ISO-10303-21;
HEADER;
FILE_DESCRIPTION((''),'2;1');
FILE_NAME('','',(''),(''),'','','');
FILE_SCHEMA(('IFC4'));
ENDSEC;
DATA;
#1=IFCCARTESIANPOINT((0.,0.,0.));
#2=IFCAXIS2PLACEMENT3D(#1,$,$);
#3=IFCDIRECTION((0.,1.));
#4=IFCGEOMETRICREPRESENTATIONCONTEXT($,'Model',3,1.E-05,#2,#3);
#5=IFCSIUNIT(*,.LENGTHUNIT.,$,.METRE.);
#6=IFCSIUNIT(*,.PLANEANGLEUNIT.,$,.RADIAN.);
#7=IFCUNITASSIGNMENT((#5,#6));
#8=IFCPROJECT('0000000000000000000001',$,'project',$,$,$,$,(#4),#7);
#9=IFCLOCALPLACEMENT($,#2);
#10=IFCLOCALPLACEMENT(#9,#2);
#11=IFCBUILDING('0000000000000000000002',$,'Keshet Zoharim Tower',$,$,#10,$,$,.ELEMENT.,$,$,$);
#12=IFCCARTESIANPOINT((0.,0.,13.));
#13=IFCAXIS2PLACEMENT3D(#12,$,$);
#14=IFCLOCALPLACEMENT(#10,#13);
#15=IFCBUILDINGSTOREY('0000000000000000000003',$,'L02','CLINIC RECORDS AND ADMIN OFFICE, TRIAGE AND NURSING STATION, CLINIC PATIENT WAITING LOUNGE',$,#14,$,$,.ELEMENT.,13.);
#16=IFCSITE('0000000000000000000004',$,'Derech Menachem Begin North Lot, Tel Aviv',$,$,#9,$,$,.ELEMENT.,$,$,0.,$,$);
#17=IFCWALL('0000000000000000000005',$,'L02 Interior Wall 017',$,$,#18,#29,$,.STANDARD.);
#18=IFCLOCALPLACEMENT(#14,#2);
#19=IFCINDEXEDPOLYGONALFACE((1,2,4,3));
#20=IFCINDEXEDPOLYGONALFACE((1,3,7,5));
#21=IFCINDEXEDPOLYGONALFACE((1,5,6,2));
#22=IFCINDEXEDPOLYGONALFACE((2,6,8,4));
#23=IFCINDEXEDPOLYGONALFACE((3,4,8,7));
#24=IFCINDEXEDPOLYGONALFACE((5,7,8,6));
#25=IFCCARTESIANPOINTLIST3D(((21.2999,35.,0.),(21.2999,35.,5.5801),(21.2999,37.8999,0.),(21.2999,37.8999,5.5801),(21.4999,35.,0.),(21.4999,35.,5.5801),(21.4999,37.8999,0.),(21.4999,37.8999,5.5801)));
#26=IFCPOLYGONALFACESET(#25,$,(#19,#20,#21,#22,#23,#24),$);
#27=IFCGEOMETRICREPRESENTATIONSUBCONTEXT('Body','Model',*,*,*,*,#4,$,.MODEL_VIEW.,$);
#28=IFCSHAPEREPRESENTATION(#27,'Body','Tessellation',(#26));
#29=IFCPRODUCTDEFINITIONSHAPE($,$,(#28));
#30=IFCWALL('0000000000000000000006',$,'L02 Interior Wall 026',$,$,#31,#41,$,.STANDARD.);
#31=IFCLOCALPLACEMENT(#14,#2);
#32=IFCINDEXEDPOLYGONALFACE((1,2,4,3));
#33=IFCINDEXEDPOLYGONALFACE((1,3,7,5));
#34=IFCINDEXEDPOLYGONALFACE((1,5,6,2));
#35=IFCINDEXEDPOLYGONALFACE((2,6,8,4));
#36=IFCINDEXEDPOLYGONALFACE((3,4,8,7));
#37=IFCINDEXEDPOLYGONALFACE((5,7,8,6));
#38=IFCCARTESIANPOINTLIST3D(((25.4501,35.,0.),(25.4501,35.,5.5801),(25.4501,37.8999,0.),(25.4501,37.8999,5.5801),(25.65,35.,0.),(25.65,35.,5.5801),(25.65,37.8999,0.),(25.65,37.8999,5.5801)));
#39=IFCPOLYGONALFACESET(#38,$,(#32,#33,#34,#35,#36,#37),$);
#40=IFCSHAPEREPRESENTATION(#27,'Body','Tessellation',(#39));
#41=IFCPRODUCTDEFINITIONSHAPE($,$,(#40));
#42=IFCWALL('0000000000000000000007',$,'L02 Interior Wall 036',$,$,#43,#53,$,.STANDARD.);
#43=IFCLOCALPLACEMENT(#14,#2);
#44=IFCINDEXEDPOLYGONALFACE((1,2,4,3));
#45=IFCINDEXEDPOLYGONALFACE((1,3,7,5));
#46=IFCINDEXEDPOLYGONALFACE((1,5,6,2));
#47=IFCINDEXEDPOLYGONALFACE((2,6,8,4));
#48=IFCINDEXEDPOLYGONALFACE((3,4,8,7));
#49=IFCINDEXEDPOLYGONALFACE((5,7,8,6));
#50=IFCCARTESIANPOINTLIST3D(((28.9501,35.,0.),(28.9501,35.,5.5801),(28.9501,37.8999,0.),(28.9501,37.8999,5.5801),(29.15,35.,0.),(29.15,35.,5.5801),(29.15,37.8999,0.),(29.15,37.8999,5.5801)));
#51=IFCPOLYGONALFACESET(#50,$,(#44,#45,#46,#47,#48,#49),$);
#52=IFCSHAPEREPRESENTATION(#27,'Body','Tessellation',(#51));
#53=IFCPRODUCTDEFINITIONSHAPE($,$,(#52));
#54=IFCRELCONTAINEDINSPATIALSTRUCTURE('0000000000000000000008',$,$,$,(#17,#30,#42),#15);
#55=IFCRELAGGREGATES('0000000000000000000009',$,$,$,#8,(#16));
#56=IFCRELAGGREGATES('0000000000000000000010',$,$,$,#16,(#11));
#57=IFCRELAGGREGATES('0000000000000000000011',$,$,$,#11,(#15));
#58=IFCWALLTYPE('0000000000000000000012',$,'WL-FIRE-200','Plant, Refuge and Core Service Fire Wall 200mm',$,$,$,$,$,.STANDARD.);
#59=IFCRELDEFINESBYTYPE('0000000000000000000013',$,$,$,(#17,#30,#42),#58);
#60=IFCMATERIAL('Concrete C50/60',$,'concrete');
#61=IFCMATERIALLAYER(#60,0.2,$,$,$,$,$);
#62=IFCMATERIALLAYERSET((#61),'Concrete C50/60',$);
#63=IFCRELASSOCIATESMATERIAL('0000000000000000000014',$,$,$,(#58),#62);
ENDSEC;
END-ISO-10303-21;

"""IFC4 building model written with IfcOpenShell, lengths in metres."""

from ifc_helpers import new_model, si_unit, direction, frame, frame_2d, origin, place, context, subcontext, project, spatial, rectangle, extrude, material, layer, layer_set, type_object, element, save


model = new_model("IFC4")

# Units and contexts
model_context = context("Model", 3, precision=1e-05, world=origin(), true_north=direction((0.0, 1.0)))
body_context = subcontext(model_context, "Body", "Model", "MODEL_VIEW")
ifc_project = project(units=[si_unit("LENGTHUNIT", "METRE"), si_unit("PLANEANGLEUNIT", "RADIAN")], contexts=[model_context])

# Site, building, storey
site_placement = place(None, origin())
site = spatial("IfcSite", under=ifc_project, at=site_placement, Name="Derech Menachem Begin North Lot, Tel Aviv", CompositionType="ELEMENT", RefElevation=0.0)
building_placement = place(site_placement, origin())
building = spatial("IfcBuilding", under=site, at=building_placement, Name="Keshet Zoharim Tower", CompositionType="ELEMENT")
storey_placement = place(building_placement, frame((0.0, 0.0, 13.0)))
storey = spatial("IfcBuildingStorey", under=building, at=storey_placement, Name="L02", Description="CLINIC RECORDS AND ADMIN OFFICE, TRIAGE AND NURSING STATION, CLINIC PATIENT WAITING LOUNGE", CompositionType="ELEMENT", Elevation=13.0)

# Shared definitions
ifc_material_1 = material(Name="Concrete C50/60", Category="concrete")

# Walls
ifc_layer_1 = layer(ifc_material_1, 0.2)
ifc_layer_set_1 = layer_set([ifc_layer_1], Name="Concrete C50/60")
wall_type_1 = type_object("IfcWallType", Name="WL-FIRE-200", Description="Plant, Refuge and Core Service Fire Wall 200mm", PredefinedType="STANDARD", material=ifc_layer_set_1)
for number, where, z_axis, x_axis, name in (
    (1, (21.3999, 35.0, 0.0), (0.0, 0.0, 1.0), (0.0, 1.0, 0.0), "L02 Interior Wall 017"),
    (2, (25.55, 35.0, 0.0), (0.0, 0.0, 1.0), (0.0, 1.0, 0.0), "L02 Interior Wall 026"),
    (3, (29.05, 35.0, 0.0), (0.0, 0.0, 1.0), (0.0, 1.0, 0.0), "L02 Interior Wall 036"),
):
    element("IfcWall", number, at=place(storey_placement, frame(where, z_axis=z_axis, x_axis=x_axis)), inside=storey, type_object=wall_type_1, Name=name, PredefinedType="STANDARD", context=body_context, shape_type="SweptSolid", body=[
        extrude(rectangle(XDim=2.8999, YDim=0.2, at=frame_2d((1.45, 0.0))), origin(), (0.0, 0.0, 1.0), 5.5801),
    ])

save(model, "model.ifc")
